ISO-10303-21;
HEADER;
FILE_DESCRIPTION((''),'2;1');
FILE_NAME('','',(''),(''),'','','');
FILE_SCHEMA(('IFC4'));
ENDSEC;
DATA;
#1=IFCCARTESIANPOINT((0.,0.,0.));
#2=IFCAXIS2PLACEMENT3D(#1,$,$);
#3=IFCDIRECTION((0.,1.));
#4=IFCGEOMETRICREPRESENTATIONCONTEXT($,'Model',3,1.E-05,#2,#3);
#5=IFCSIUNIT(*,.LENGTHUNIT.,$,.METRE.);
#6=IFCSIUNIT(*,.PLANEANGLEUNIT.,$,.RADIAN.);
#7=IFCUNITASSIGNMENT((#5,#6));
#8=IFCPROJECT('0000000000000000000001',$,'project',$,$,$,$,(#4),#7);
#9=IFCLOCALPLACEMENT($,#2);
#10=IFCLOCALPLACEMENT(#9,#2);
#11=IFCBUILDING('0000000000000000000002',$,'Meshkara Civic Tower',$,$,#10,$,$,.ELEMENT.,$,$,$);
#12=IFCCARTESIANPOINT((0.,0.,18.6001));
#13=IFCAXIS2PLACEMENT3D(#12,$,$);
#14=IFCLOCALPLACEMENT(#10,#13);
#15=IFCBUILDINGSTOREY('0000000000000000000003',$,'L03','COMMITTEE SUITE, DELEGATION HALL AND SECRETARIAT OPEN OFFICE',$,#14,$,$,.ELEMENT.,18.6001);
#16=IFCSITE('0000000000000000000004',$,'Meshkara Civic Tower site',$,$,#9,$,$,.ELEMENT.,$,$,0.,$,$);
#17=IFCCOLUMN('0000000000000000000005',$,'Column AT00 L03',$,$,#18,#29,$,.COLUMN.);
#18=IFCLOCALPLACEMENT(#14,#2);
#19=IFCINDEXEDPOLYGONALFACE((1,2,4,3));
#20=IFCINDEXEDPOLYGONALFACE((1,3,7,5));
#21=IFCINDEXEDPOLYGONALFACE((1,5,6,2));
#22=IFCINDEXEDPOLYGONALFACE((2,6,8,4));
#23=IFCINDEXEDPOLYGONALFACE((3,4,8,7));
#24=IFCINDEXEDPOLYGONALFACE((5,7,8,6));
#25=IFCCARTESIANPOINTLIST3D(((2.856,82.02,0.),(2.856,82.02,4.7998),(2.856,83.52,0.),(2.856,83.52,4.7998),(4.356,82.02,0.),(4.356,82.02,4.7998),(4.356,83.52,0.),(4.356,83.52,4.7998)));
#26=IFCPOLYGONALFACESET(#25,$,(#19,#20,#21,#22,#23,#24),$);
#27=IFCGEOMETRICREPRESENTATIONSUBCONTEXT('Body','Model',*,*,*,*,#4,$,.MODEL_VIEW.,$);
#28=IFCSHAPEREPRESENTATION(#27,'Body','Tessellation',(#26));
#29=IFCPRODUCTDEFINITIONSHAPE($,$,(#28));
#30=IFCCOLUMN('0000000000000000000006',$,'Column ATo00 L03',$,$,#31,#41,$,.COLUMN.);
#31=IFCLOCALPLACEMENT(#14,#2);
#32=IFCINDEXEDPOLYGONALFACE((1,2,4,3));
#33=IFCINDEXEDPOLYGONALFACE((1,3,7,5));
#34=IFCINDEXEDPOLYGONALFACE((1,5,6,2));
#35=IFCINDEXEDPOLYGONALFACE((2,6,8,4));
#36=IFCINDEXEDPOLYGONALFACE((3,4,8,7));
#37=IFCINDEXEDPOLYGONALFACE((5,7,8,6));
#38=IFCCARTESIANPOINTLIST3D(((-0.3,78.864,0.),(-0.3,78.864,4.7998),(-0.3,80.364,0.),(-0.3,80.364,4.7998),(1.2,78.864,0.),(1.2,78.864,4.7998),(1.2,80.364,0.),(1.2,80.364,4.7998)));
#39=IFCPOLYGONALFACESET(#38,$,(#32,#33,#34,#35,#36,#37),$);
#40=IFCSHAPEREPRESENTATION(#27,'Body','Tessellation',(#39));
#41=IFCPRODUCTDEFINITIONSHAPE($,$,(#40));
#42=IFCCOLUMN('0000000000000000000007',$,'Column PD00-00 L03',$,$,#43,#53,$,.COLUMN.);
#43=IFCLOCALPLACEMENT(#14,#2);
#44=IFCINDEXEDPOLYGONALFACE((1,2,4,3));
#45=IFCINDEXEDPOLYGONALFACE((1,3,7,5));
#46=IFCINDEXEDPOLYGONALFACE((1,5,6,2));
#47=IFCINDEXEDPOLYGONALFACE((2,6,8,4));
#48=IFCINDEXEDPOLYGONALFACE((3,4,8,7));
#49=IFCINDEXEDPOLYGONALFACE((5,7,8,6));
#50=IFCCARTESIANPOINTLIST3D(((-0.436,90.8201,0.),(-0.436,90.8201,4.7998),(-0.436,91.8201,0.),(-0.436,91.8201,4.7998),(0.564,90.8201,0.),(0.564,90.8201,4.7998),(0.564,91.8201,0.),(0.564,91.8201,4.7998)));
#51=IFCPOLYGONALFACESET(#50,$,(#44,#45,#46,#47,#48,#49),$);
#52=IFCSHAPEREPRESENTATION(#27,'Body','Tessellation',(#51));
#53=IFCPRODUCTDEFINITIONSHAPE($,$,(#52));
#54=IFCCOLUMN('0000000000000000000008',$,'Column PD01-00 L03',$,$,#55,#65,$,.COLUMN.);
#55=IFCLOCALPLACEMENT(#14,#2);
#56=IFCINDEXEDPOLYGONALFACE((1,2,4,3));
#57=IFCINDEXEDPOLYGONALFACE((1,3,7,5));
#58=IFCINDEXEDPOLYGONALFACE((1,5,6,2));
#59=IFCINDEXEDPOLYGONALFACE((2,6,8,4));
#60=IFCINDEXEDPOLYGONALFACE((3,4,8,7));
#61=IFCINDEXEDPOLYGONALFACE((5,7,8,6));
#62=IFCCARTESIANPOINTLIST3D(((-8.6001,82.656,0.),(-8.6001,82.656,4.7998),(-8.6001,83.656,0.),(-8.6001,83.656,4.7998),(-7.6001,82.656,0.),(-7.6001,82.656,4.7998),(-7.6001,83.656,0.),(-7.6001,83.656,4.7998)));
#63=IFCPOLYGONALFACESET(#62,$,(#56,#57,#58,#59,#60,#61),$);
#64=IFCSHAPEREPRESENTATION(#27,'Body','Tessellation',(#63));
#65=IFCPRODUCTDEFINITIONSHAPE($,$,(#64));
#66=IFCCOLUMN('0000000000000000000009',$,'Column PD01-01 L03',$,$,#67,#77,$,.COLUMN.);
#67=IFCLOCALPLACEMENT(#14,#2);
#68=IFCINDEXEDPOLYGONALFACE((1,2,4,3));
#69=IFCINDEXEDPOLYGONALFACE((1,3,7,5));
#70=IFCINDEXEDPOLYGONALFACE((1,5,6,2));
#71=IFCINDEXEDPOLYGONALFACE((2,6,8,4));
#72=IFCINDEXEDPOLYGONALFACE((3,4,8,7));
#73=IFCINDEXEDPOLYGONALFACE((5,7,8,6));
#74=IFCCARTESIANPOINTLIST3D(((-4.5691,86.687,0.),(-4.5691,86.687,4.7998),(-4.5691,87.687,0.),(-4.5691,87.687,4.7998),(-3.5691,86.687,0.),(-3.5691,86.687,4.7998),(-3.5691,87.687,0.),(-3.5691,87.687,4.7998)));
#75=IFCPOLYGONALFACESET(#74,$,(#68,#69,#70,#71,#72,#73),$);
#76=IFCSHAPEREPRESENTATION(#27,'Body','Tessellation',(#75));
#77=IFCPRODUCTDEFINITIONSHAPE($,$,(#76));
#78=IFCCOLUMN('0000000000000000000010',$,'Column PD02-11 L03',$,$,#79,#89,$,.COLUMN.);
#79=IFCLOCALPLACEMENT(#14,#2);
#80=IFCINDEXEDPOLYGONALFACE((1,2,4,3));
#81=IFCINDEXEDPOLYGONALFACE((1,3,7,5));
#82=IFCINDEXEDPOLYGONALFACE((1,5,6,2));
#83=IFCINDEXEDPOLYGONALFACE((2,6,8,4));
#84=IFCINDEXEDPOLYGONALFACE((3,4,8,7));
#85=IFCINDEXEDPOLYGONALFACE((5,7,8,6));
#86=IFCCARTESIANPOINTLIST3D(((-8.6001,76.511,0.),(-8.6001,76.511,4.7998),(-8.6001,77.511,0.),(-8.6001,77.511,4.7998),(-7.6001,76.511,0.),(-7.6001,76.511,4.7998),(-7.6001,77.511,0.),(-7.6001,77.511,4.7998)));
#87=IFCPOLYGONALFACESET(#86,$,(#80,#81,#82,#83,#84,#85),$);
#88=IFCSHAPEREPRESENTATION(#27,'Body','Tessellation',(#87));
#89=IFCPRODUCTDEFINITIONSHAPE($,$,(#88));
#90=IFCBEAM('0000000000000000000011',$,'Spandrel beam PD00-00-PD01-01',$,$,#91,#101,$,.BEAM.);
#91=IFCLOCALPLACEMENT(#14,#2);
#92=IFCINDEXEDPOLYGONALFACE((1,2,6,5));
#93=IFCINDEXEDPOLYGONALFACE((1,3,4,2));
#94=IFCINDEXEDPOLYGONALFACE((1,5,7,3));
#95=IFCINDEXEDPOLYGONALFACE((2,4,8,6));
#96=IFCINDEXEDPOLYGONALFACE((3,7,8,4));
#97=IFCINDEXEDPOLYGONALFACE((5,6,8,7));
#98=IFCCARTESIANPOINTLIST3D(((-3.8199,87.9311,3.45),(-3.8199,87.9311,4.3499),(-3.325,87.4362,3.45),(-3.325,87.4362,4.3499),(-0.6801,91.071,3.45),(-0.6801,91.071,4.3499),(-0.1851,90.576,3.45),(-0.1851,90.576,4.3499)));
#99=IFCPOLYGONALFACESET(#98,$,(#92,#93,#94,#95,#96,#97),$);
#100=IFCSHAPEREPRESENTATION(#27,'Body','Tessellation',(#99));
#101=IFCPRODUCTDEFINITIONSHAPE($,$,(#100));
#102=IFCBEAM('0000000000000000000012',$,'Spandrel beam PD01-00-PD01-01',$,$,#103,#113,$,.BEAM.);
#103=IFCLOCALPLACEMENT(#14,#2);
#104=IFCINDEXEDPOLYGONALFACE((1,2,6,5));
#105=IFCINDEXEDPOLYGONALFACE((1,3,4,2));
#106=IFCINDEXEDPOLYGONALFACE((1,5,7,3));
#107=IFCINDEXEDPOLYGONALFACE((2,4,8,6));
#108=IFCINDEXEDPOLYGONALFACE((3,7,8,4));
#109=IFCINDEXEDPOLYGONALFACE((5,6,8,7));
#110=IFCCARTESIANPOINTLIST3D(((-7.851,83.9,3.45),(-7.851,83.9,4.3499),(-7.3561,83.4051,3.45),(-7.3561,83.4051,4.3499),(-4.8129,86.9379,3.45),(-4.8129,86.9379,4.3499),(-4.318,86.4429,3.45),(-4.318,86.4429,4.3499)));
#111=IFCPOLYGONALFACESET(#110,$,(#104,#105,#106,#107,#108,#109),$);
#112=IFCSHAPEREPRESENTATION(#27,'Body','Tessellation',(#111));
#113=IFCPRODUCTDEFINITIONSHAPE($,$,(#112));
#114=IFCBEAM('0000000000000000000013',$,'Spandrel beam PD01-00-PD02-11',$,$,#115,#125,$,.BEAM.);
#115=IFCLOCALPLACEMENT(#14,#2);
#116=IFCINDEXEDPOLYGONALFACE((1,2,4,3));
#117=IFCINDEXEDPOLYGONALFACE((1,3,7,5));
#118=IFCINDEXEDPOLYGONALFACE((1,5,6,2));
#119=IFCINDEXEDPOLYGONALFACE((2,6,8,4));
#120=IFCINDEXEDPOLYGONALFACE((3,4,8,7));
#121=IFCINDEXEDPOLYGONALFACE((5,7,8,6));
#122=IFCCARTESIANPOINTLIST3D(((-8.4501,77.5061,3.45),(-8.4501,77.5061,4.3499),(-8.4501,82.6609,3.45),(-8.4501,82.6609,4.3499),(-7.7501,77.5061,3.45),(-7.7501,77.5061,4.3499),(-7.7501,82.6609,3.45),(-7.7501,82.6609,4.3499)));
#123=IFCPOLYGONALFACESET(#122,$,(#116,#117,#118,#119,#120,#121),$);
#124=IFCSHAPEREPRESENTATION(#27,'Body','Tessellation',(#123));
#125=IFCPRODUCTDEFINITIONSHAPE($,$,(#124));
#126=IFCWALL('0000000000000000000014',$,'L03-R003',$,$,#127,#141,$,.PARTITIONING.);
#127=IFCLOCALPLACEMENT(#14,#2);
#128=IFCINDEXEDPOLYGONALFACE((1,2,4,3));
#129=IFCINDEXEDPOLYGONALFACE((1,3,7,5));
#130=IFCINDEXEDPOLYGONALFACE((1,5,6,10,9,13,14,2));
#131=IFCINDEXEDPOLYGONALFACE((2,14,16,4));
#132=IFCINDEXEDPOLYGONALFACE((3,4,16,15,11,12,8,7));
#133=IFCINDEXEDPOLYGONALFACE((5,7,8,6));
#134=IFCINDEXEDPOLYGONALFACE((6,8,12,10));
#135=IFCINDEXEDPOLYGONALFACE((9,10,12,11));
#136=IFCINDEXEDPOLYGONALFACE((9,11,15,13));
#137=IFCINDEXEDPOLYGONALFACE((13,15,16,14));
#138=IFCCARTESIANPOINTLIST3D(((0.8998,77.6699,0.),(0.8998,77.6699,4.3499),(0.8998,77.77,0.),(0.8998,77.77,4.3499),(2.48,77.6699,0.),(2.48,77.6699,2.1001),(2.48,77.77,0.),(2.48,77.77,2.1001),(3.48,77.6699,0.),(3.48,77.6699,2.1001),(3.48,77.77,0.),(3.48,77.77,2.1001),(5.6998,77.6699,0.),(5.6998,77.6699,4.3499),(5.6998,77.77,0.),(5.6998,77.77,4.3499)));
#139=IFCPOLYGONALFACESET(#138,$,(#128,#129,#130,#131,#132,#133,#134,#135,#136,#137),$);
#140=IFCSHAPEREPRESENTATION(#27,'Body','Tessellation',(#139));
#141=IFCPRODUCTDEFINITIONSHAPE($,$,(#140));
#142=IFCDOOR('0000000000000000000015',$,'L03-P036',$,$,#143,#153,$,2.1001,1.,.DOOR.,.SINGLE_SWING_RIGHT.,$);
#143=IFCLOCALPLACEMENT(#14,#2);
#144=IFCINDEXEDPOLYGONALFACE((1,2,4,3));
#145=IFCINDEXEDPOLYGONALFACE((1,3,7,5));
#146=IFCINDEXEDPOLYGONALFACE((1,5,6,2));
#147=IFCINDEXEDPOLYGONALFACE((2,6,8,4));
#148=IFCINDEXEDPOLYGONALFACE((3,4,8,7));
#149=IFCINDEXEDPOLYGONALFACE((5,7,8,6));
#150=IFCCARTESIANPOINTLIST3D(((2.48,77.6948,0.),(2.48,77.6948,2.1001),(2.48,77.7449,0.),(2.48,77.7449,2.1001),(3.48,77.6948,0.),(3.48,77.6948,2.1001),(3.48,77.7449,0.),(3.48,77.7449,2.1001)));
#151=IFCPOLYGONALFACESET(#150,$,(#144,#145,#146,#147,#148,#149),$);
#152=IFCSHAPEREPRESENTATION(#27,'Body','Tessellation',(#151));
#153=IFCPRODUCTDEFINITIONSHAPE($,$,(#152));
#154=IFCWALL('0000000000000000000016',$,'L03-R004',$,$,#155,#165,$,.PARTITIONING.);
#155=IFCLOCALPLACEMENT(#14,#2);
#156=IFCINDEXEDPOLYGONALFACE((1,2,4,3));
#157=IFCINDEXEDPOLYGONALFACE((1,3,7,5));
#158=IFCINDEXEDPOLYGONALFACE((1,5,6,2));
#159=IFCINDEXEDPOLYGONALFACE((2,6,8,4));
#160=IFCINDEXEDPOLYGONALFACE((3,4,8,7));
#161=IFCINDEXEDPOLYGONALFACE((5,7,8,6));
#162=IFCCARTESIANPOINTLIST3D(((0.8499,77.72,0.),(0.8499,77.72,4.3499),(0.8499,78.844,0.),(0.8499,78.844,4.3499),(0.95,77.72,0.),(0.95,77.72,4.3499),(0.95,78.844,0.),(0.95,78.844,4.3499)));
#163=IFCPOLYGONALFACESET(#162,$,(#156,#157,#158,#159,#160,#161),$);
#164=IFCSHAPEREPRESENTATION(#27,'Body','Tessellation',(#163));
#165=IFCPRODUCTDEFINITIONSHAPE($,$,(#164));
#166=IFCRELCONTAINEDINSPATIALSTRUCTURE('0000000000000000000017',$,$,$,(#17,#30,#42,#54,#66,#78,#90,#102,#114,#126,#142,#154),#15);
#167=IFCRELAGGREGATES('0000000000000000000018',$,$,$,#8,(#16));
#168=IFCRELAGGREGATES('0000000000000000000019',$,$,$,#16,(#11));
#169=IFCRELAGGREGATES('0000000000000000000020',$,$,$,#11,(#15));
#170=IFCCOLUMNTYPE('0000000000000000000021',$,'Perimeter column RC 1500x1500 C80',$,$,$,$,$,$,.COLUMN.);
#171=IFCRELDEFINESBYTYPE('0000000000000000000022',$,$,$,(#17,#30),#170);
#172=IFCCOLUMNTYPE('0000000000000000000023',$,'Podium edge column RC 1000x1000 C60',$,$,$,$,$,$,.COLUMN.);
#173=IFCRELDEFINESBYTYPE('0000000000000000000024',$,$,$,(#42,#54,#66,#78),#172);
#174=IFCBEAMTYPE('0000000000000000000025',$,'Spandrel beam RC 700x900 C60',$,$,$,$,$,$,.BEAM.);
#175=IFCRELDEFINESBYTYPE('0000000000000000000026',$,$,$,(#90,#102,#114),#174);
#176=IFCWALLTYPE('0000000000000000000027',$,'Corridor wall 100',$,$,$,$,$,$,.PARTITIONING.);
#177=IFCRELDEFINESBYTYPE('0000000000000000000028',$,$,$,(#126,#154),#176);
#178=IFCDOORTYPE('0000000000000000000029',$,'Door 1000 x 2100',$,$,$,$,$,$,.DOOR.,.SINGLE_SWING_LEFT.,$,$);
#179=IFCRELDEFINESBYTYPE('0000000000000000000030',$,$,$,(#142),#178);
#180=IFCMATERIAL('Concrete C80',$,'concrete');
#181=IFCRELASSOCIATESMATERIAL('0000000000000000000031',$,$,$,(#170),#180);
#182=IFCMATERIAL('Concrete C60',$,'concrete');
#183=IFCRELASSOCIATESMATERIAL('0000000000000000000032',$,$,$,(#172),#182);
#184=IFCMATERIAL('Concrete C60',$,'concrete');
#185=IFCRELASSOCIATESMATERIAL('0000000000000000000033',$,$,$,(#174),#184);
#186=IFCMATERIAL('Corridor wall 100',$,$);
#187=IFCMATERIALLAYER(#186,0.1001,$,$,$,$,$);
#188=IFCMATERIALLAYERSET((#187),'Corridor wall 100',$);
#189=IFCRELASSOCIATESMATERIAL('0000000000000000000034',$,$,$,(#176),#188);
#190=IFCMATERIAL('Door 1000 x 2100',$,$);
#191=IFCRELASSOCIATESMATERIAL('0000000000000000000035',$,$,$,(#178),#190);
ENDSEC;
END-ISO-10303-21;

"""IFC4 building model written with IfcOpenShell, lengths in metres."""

from ifc_helpers import new_model, si_unit, direction, frame, frame_2d, origin, origin_2d, place, context, subcontext, project, spatial, rectangle, extrude, material, layer, layer_set, material_profile, profile_set, type_object, element, fill, save


model = new_model("IFC4")

# Units and contexts
model_context = context("Model", 3, precision=1e-05, world=origin(), true_north=direction((0.0, 1.0)))
body_context = subcontext(model_context, "Body", "Model", "MODEL_VIEW")
ifc_project = project(units=[si_unit("LENGTHUNIT", "METRE"), si_unit("PLANEANGLEUNIT", "RADIAN")], contexts=[model_context])

# Site, building, storey
site_placement = place(None, origin())
site = spatial("IfcSite", under=ifc_project, at=site_placement, Name="Meshkara Civic Tower site", CompositionType="ELEMENT", RefElevation=0.0)
building_placement = place(site_placement, origin())
building = spatial("IfcBuilding", under=site, at=building_placement, Name="Meshkara Civic Tower", CompositionType="ELEMENT")
storey_placement = place(building_placement, frame((0.0, 0.0, 18.6001)))
storey = spatial("IfcBuildingStorey", under=building, at=storey_placement, Name="L03", Description="COMMITTEE SUITE, DELEGATION HALL AND SECRETARIAT OPEN OFFICE", CompositionType="ELEMENT", Elevation=18.6001)

# Columns
ifc_material_1 = material(Name="Concrete C80", Category="concrete")
ifc_material_profile_1 = material_profile(ifc_material_1, rectangle(XDim=1.5, YDim=1.5, at=origin_2d()))
ifc_profile_set_1 = profile_set([ifc_material_profile_1], Name="Concrete C80")
column_type_1 = type_object("IfcColumnType", Name="Perimeter column RC 1500x1500 C80", PredefinedType="COLUMN", material=ifc_profile_set_1)
for number, where, z_axis, x_axis, name in (
    (1, (3.606, 82.77, 0.0), (0.0, 0.0, 1.0), (1.0, 0.0, 0.0), "Column AT00 L03"),
    (2, (0.45, 79.614, 0.0), (0.0, 0.0, 1.0), (1.0, 0.0, 0.0), "Column ATo00 L03"),
):
    element("IfcColumn", number, at=place(storey_placement, frame(where, z_axis=z_axis, x_axis=x_axis)), inside=storey, type_object=column_type_1, Name=name, PredefinedType="COLUMN", context=body_context, shape_type="SweptSolid", body=[
        extrude(rectangle(XDim=1.5, YDim=1.5, at=origin_2d()), origin(), (0.0, 0.0, 1.0), 4.7998),
    ])
ifc_material_2 = material(Name="Concrete C60", Category="concrete")
ifc_material_profile_2 = material_profile(ifc_material_2, rectangle(XDim=1.0, YDim=1.0, at=origin_2d()))
ifc_profile_set_2 = profile_set([ifc_material_profile_2], Name="Concrete C60")
column_type_2 = type_object("IfcColumnType", Name="Podium edge column RC 1000x1000 C60", PredefinedType="COLUMN", material=ifc_profile_set_2)
for number, where, z_axis, x_axis, name in (
    (3, (0.064, 91.3201, 0.0), (0.0, 0.0, 1.0), (1.0, 0.0, 0.0), "Column PD00-00 L03"),
    (4, (-8.1001, 83.156, 0.0), (0.0, 0.0, 1.0), (1.0, 0.0, 0.0), "Column PD01-00 L03"),
    (5, (-4.0691, 87.187, 0.0), (0.0, 0.0, 1.0), (1.0, 0.0, 0.0), "Column PD01-01 L03"),
    (6, (-8.1001, 77.011, 0.0), (0.0, 0.0, 1.0), (1.0, 0.0, 0.0), "Column PD02-11 L03"),
):
    element("IfcColumn", number, at=place(storey_placement, frame(where, z_axis=z_axis, x_axis=x_axis)), inside=storey, type_object=column_type_2, Name=name, PredefinedType="COLUMN", context=body_context, shape_type="SweptSolid", body=[
        extrude(rectangle(XDim=1.0, YDim=1.0, at=origin_2d()), origin(), (0.0, 0.0, 1.0), 4.7998),
    ])

# Beams
ifc_material_3 = material(Name="Concrete C60", Category="concrete")
ifc_material_profile_3 = material_profile(ifc_material_3, rectangle(XDim=0.7, YDim=0.8999, at=origin_2d()))
ifc_profile_set_3 = profile_set([ifc_material_profile_3], Name="Concrete C60")
beam_type = type_object("IfcBeamType", Name="Spandrel beam RC 700x900 C60", PredefinedType="BEAM", material=ifc_profile_set_3)
beam_1_placement = place(storey_placement, frame((-0.4326, 90.8235, 3.8999), z_axis=(-0.707107, -0.707107, 0.0), x_axis=(0.707107, -0.707107, 0.0)))
element("IfcBeam", 7, at=beam_1_placement, inside=storey, type_object=beam_type, Name="Spandrel beam PD00-00-PD01-01", PredefinedType="BEAM", context=body_context, shape_type="SweptSolid", body=[
    extrude(rectangle(XDim=0.7, YDim=0.8999, at=origin_2d()), origin(), (0.0, 0.0, 1.0), 4.4404),
])
beam_2_placement = place(storey_placement, frame((-4.5654, 86.6904, 3.8999), z_axis=(-0.707135, -0.707078, 0.0), x_axis=(0.707078, -0.707135, 0.0)))
element("IfcBeam", 8, at=beam_2_placement, inside=storey, type_object=beam_type, Name="Spandrel beam PD01-00-PD01-01", PredefinedType="BEAM", context=body_context, shape_type="SweptSolid", body=[
    extrude(rectangle(XDim=0.7, YDim=0.8999, at=origin_2d()), origin(), (0.0, 0.0, 1.0), 4.2964),
])
beam_3_placement = place(storey_placement, frame((-8.1001, 82.6609, 3.8999), z_axis=(0.0, -1.0, 0.0), x_axis=(1.0, 0.0, 0.0)))
element("IfcBeam", 9, at=beam_3_placement, inside=storey, type_object=beam_type, Name="Spandrel beam PD01-00-PD02-11", PredefinedType="BEAM", context=body_context, shape_type="SweptSolid", body=[
    extrude(rectangle(XDim=0.7, YDim=0.8999, at=origin_2d()), origin(), (0.0, 0.0, 1.0), 5.1548),
])

# Wall, opening, door
ifc_material_4 = material(Name="Corridor wall 100")
ifc_layer_1 = layer(ifc_material_4, 0.1001)
ifc_layer_set_1 = layer_set([ifc_layer_1], Name="Corridor wall 100")
wall_type_1 = type_object("IfcWallType", Name="Corridor wall 100", PredefinedType="PARTITIONING", material=ifc_layer_set_1)
wall_1_placement = place(storey_placement, frame((0.8999, 77.72, 0.0), z_axis=(0.0, 0.0, 1.0), x_axis=(1.0, 0.0, 0.0)))
wall_1 = element("IfcWall", 10, at=wall_1_placement, inside=storey, type_object=wall_type_1, Name="L03-R003", PredefinedType="PARTITIONING", context=body_context, shape_type="SweptSolid", body=[
    extrude(rectangle(XDim=4.8, YDim=0.1001, at=frame_2d((2.3999, 0.0))), origin(), (0.0, 0.0, 1.0), 4.3499),
])
opening_1_placement = place(wall_1_placement, frame((1.5801, 0.0, 0.0)))
opening_1 = element("IfcOpeningElement", 11, at=opening_1_placement, cuts=wall_1, PredefinedType="OPENING", context=body_context, shape_type="SweptSolid", body=[
    extrude(rectangle(XDim=1.0, YDim=2.1001, at=frame_2d((0.5, 1.05))), frame((0.0, 0.0601, 0.0), z_axis=(0.0, -1.0, 0.0), x_axis=(1.0, 0.0, 0.0)), (0.0, 0.0, 1.0), 0.1201),
])
ifc_material_5 = material(Name="Door 1000 x 2100")
door_type_1 = type_object("IfcDoorType", Name="Door 1000 x 2100", OperationType="SINGLE_SWING_LEFT", PredefinedType="DOOR", material=ifc_material_5)
door_1_placement = place(opening_1_placement, origin())
door_1 = element("IfcDoor", 12, at=door_1_placement, inside=storey, type_object=door_type_1, Name="L03-P036", OperationType="SINGLE_SWING_RIGHT", OverallHeight=2.1001, OverallWidth=1.0, PredefinedType="DOOR", context=body_context, shape_type="SweptSolid", body=[
    extrude(rectangle(XDim=1.0, YDim=2.1001, at=frame_2d((0.5, 1.05))), frame((0.0, 0.0249, 0.0), z_axis=(0.0, -1.0, 0.0), x_axis=(1.0, 0.0, 0.0)), (0.0, 0.0, 1.0), 0.05),
])
fill(opening_1, door_1)

# Wall
wall_2_placement = place(storey_placement, frame((0.8999, 78.844, 0.0), z_axis=(0.0, 0.0, 1.0), x_axis=(0.0, -1.0, 0.0)))
element("IfcWall", 13, at=wall_2_placement, inside=storey, type_object=wall_type_1, Name="L03-R004", PredefinedType="PARTITIONING", context=body_context, shape_type="SweptSolid", body=[
    extrude(rectangle(XDim=1.124, YDim=0.1001, at=frame_2d((0.562, 0.0))), origin(), (0.0, 0.0, 1.0), 4.3499),
])

save(model, "model.ifc")
